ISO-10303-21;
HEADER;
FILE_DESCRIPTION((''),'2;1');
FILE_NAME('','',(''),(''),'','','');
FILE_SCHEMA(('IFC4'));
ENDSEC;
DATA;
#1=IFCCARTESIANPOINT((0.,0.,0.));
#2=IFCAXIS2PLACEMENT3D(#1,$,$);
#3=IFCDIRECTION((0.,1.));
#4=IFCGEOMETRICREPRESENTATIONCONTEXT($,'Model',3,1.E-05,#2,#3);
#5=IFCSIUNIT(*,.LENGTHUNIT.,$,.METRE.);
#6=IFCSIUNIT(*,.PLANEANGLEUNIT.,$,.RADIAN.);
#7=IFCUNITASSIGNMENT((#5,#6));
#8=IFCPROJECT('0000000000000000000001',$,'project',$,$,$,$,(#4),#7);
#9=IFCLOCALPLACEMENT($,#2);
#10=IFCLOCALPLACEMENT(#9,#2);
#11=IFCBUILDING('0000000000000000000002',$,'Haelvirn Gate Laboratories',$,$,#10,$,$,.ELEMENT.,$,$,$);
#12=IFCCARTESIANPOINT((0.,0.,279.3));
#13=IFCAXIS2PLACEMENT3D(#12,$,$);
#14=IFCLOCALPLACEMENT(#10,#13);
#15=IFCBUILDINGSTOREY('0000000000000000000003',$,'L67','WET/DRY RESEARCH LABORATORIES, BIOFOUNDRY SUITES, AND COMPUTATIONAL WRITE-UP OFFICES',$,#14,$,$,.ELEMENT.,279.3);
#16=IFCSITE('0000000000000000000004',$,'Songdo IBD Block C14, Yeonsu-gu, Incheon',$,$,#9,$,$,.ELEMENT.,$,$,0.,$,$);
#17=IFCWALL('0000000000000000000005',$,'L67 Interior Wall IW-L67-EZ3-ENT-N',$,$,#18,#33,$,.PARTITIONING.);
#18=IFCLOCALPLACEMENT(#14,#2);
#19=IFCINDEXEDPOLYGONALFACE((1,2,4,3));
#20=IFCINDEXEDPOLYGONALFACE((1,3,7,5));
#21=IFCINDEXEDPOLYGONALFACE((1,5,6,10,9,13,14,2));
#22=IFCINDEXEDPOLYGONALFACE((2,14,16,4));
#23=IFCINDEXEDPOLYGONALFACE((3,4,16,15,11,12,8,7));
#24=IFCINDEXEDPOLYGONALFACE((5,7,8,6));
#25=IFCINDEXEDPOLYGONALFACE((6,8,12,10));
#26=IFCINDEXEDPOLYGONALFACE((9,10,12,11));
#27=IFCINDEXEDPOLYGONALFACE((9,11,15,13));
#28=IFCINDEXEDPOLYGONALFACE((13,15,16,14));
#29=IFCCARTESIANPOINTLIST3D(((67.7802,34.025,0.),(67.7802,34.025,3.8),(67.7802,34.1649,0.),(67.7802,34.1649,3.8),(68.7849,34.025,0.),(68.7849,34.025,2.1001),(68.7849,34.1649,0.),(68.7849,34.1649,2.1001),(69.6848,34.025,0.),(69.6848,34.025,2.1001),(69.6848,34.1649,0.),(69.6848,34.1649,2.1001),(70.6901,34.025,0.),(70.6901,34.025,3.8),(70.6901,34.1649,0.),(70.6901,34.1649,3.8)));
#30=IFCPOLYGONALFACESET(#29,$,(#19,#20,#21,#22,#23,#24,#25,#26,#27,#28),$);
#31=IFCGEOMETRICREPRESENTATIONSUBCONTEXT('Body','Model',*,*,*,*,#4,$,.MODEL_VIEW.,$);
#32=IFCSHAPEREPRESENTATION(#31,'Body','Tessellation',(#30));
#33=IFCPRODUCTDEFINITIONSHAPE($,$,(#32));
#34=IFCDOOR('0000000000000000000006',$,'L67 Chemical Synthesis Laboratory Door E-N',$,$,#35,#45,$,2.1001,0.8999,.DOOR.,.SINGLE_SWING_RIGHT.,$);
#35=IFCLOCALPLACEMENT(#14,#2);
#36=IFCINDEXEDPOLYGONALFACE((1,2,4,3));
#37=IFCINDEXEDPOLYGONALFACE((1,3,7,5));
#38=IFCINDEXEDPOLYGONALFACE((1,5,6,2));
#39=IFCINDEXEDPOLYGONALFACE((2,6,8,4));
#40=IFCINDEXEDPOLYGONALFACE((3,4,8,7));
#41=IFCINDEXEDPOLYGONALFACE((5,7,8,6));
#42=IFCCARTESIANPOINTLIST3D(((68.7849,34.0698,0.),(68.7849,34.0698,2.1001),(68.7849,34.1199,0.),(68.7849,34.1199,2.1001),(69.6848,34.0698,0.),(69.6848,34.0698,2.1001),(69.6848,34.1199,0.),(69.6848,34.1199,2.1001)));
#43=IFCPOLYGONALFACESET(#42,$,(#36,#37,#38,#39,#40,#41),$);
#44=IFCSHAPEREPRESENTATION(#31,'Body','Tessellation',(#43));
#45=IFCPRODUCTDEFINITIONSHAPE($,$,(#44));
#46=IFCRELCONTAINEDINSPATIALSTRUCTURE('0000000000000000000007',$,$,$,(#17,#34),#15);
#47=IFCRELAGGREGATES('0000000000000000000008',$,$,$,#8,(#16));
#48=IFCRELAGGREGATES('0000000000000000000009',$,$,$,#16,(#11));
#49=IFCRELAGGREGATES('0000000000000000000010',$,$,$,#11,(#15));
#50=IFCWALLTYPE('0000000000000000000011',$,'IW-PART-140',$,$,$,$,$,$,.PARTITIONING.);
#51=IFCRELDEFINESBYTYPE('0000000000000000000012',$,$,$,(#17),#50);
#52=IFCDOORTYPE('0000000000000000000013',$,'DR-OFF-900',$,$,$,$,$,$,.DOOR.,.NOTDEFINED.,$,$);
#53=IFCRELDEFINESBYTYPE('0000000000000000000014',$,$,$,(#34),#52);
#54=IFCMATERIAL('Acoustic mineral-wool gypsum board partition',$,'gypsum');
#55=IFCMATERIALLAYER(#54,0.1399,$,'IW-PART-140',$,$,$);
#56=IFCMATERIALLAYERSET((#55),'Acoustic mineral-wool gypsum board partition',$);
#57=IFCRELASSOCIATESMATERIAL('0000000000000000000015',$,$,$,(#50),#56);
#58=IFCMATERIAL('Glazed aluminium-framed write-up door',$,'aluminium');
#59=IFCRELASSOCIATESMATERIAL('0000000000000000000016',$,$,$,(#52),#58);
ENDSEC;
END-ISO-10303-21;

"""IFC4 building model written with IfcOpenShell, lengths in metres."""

from ifc_helpers import new_model, si_unit, direction, frame, frame_2d, origin, place, context, subcontext, project, spatial, rectangle, extrude, source, transform, mapped, material, layer, layer_set, type_object, type_shapes, element, fill, save


model = new_model("IFC4")

# Units and contexts
model_context = context("Model", 3, precision=1e-05, world=origin(), true_north=direction((0.0, 1.0)))
body_context = subcontext(model_context, "Body", "Model", "MODEL_VIEW")
ifc_project = project(units=[si_unit("LENGTHUNIT", "METRE"), si_unit("PLANEANGLEUNIT", "RADIAN")], contexts=[model_context])

# Site, building, storey
site_placement = place(None, origin())
site = spatial("IfcSite", under=ifc_project, at=site_placement, Name="Songdo IBD Block C14, Yeonsu-gu, Incheon", CompositionType="ELEMENT", RefElevation=0.0)
building_placement = place(site_placement, origin())
building = spatial("IfcBuilding", under=site, at=building_placement, Name="Haelvirn Gate Laboratories", CompositionType="ELEMENT")
storey_placement = place(building_placement, frame((0.0, 0.0, 279.3)))
storey = spatial("IfcBuildingStorey", under=building, at=storey_placement, Name="L67", Description="WET/DRY RESEARCH LABORATORIES, BIOFOUNDRY SUITES, AND COMPUTATIONAL WRITE-UP OFFICES", CompositionType="ELEMENT", Elevation=279.3)

# Wall, opening, door
ifc_material_1 = material(Name="Acoustic mineral-wool gypsum board partition", Category="gypsum")
ifc_layer_1 = layer(ifc_material_1, 0.1399, Name="IW-PART-140")
ifc_layer_set_1 = layer_set([ifc_layer_1], Name="Acoustic mineral-wool gypsum board partition")
wall_type_1 = type_object("IfcWallType", Name="IW-PART-140", PredefinedType="PARTITIONING", material=ifc_layer_set_1)
wall_1_placement = place(storey_placement, frame((67.78, 34.095, 0.0), z_axis=(0.0, 0.0, 1.0), x_axis=(1.0, 0.0, 0.0)))
wall_1 = element("IfcWall", 1, at=wall_1_placement, inside=storey, type_object=wall_type_1, Name="L67 Interior Wall IW-L67-EZ3-ENT-N", PredefinedType="PARTITIONING", context=body_context, shape_type="SweptSolid", body=[
    extrude(rectangle(XDim=2.9099, YDim=0.1399, at=frame_2d((1.4551, 0.0))), origin(), (0.0, 0.0, 1.0), 3.8),
])
opening_placement = place(wall_1_placement, frame((1.0049, 0.0, 0.0)))
opening = element("IfcOpeningElement", 2, at=opening_placement, cuts=wall_1, PredefinedType="OPENING", context=body_context, shape_type="SweptSolid", body=[
    extrude(rectangle(XDim=0.8999, YDim=2.1001, at=frame_2d((0.45, 1.05))), frame((0.0, 0.0801, 0.0), z_axis=(0.0, -1.0, 0.0), x_axis=(1.0, 0.0, 0.0)), (0.0, 0.0, 1.0), 0.1599),
])
ifc_material_2 = material(Name="Glazed aluminium-framed write-up door", Category="aluminium")
door_type = type_object("IfcDoorType", Name="DR-OFF-900", OperationType="NOTDEFINED", PredefinedType="DOOR", material=ifc_material_2)
shared_shape_1 = source(origin(), body_context, "Body", "SweptSolid", [
    extrude(rectangle(XDim=0.8999, YDim=2.1001, at=frame_2d((0.45, 1.05))), frame((0.0, 0.0249, 0.0), z_axis=(0.0, -1.0, 0.0), x_axis=(1.0, 0.0, 0.0)), (0.0, 0.0, 1.0), 0.05),
])
type_shapes(door_type, [shared_shape_1])
door_placement = place(opening_placement, origin())
door = element("IfcDoor", 3, at=door_placement, inside=storey, type_object=door_type, Name="L67 Chemical Synthesis Laboratory Door E-N", OperationType="SINGLE_SWING_RIGHT", OverallHeight=2.1001, OverallWidth=0.8999, PredefinedType="DOOR", context=body_context, shape_type="MappedRepresentation", body=[
    mapped(shared_shape_1, transform((0.0, 0.0, 0.0), scale=1.0)),
])
fill(opening, door)

save(model, "model.ifc")
